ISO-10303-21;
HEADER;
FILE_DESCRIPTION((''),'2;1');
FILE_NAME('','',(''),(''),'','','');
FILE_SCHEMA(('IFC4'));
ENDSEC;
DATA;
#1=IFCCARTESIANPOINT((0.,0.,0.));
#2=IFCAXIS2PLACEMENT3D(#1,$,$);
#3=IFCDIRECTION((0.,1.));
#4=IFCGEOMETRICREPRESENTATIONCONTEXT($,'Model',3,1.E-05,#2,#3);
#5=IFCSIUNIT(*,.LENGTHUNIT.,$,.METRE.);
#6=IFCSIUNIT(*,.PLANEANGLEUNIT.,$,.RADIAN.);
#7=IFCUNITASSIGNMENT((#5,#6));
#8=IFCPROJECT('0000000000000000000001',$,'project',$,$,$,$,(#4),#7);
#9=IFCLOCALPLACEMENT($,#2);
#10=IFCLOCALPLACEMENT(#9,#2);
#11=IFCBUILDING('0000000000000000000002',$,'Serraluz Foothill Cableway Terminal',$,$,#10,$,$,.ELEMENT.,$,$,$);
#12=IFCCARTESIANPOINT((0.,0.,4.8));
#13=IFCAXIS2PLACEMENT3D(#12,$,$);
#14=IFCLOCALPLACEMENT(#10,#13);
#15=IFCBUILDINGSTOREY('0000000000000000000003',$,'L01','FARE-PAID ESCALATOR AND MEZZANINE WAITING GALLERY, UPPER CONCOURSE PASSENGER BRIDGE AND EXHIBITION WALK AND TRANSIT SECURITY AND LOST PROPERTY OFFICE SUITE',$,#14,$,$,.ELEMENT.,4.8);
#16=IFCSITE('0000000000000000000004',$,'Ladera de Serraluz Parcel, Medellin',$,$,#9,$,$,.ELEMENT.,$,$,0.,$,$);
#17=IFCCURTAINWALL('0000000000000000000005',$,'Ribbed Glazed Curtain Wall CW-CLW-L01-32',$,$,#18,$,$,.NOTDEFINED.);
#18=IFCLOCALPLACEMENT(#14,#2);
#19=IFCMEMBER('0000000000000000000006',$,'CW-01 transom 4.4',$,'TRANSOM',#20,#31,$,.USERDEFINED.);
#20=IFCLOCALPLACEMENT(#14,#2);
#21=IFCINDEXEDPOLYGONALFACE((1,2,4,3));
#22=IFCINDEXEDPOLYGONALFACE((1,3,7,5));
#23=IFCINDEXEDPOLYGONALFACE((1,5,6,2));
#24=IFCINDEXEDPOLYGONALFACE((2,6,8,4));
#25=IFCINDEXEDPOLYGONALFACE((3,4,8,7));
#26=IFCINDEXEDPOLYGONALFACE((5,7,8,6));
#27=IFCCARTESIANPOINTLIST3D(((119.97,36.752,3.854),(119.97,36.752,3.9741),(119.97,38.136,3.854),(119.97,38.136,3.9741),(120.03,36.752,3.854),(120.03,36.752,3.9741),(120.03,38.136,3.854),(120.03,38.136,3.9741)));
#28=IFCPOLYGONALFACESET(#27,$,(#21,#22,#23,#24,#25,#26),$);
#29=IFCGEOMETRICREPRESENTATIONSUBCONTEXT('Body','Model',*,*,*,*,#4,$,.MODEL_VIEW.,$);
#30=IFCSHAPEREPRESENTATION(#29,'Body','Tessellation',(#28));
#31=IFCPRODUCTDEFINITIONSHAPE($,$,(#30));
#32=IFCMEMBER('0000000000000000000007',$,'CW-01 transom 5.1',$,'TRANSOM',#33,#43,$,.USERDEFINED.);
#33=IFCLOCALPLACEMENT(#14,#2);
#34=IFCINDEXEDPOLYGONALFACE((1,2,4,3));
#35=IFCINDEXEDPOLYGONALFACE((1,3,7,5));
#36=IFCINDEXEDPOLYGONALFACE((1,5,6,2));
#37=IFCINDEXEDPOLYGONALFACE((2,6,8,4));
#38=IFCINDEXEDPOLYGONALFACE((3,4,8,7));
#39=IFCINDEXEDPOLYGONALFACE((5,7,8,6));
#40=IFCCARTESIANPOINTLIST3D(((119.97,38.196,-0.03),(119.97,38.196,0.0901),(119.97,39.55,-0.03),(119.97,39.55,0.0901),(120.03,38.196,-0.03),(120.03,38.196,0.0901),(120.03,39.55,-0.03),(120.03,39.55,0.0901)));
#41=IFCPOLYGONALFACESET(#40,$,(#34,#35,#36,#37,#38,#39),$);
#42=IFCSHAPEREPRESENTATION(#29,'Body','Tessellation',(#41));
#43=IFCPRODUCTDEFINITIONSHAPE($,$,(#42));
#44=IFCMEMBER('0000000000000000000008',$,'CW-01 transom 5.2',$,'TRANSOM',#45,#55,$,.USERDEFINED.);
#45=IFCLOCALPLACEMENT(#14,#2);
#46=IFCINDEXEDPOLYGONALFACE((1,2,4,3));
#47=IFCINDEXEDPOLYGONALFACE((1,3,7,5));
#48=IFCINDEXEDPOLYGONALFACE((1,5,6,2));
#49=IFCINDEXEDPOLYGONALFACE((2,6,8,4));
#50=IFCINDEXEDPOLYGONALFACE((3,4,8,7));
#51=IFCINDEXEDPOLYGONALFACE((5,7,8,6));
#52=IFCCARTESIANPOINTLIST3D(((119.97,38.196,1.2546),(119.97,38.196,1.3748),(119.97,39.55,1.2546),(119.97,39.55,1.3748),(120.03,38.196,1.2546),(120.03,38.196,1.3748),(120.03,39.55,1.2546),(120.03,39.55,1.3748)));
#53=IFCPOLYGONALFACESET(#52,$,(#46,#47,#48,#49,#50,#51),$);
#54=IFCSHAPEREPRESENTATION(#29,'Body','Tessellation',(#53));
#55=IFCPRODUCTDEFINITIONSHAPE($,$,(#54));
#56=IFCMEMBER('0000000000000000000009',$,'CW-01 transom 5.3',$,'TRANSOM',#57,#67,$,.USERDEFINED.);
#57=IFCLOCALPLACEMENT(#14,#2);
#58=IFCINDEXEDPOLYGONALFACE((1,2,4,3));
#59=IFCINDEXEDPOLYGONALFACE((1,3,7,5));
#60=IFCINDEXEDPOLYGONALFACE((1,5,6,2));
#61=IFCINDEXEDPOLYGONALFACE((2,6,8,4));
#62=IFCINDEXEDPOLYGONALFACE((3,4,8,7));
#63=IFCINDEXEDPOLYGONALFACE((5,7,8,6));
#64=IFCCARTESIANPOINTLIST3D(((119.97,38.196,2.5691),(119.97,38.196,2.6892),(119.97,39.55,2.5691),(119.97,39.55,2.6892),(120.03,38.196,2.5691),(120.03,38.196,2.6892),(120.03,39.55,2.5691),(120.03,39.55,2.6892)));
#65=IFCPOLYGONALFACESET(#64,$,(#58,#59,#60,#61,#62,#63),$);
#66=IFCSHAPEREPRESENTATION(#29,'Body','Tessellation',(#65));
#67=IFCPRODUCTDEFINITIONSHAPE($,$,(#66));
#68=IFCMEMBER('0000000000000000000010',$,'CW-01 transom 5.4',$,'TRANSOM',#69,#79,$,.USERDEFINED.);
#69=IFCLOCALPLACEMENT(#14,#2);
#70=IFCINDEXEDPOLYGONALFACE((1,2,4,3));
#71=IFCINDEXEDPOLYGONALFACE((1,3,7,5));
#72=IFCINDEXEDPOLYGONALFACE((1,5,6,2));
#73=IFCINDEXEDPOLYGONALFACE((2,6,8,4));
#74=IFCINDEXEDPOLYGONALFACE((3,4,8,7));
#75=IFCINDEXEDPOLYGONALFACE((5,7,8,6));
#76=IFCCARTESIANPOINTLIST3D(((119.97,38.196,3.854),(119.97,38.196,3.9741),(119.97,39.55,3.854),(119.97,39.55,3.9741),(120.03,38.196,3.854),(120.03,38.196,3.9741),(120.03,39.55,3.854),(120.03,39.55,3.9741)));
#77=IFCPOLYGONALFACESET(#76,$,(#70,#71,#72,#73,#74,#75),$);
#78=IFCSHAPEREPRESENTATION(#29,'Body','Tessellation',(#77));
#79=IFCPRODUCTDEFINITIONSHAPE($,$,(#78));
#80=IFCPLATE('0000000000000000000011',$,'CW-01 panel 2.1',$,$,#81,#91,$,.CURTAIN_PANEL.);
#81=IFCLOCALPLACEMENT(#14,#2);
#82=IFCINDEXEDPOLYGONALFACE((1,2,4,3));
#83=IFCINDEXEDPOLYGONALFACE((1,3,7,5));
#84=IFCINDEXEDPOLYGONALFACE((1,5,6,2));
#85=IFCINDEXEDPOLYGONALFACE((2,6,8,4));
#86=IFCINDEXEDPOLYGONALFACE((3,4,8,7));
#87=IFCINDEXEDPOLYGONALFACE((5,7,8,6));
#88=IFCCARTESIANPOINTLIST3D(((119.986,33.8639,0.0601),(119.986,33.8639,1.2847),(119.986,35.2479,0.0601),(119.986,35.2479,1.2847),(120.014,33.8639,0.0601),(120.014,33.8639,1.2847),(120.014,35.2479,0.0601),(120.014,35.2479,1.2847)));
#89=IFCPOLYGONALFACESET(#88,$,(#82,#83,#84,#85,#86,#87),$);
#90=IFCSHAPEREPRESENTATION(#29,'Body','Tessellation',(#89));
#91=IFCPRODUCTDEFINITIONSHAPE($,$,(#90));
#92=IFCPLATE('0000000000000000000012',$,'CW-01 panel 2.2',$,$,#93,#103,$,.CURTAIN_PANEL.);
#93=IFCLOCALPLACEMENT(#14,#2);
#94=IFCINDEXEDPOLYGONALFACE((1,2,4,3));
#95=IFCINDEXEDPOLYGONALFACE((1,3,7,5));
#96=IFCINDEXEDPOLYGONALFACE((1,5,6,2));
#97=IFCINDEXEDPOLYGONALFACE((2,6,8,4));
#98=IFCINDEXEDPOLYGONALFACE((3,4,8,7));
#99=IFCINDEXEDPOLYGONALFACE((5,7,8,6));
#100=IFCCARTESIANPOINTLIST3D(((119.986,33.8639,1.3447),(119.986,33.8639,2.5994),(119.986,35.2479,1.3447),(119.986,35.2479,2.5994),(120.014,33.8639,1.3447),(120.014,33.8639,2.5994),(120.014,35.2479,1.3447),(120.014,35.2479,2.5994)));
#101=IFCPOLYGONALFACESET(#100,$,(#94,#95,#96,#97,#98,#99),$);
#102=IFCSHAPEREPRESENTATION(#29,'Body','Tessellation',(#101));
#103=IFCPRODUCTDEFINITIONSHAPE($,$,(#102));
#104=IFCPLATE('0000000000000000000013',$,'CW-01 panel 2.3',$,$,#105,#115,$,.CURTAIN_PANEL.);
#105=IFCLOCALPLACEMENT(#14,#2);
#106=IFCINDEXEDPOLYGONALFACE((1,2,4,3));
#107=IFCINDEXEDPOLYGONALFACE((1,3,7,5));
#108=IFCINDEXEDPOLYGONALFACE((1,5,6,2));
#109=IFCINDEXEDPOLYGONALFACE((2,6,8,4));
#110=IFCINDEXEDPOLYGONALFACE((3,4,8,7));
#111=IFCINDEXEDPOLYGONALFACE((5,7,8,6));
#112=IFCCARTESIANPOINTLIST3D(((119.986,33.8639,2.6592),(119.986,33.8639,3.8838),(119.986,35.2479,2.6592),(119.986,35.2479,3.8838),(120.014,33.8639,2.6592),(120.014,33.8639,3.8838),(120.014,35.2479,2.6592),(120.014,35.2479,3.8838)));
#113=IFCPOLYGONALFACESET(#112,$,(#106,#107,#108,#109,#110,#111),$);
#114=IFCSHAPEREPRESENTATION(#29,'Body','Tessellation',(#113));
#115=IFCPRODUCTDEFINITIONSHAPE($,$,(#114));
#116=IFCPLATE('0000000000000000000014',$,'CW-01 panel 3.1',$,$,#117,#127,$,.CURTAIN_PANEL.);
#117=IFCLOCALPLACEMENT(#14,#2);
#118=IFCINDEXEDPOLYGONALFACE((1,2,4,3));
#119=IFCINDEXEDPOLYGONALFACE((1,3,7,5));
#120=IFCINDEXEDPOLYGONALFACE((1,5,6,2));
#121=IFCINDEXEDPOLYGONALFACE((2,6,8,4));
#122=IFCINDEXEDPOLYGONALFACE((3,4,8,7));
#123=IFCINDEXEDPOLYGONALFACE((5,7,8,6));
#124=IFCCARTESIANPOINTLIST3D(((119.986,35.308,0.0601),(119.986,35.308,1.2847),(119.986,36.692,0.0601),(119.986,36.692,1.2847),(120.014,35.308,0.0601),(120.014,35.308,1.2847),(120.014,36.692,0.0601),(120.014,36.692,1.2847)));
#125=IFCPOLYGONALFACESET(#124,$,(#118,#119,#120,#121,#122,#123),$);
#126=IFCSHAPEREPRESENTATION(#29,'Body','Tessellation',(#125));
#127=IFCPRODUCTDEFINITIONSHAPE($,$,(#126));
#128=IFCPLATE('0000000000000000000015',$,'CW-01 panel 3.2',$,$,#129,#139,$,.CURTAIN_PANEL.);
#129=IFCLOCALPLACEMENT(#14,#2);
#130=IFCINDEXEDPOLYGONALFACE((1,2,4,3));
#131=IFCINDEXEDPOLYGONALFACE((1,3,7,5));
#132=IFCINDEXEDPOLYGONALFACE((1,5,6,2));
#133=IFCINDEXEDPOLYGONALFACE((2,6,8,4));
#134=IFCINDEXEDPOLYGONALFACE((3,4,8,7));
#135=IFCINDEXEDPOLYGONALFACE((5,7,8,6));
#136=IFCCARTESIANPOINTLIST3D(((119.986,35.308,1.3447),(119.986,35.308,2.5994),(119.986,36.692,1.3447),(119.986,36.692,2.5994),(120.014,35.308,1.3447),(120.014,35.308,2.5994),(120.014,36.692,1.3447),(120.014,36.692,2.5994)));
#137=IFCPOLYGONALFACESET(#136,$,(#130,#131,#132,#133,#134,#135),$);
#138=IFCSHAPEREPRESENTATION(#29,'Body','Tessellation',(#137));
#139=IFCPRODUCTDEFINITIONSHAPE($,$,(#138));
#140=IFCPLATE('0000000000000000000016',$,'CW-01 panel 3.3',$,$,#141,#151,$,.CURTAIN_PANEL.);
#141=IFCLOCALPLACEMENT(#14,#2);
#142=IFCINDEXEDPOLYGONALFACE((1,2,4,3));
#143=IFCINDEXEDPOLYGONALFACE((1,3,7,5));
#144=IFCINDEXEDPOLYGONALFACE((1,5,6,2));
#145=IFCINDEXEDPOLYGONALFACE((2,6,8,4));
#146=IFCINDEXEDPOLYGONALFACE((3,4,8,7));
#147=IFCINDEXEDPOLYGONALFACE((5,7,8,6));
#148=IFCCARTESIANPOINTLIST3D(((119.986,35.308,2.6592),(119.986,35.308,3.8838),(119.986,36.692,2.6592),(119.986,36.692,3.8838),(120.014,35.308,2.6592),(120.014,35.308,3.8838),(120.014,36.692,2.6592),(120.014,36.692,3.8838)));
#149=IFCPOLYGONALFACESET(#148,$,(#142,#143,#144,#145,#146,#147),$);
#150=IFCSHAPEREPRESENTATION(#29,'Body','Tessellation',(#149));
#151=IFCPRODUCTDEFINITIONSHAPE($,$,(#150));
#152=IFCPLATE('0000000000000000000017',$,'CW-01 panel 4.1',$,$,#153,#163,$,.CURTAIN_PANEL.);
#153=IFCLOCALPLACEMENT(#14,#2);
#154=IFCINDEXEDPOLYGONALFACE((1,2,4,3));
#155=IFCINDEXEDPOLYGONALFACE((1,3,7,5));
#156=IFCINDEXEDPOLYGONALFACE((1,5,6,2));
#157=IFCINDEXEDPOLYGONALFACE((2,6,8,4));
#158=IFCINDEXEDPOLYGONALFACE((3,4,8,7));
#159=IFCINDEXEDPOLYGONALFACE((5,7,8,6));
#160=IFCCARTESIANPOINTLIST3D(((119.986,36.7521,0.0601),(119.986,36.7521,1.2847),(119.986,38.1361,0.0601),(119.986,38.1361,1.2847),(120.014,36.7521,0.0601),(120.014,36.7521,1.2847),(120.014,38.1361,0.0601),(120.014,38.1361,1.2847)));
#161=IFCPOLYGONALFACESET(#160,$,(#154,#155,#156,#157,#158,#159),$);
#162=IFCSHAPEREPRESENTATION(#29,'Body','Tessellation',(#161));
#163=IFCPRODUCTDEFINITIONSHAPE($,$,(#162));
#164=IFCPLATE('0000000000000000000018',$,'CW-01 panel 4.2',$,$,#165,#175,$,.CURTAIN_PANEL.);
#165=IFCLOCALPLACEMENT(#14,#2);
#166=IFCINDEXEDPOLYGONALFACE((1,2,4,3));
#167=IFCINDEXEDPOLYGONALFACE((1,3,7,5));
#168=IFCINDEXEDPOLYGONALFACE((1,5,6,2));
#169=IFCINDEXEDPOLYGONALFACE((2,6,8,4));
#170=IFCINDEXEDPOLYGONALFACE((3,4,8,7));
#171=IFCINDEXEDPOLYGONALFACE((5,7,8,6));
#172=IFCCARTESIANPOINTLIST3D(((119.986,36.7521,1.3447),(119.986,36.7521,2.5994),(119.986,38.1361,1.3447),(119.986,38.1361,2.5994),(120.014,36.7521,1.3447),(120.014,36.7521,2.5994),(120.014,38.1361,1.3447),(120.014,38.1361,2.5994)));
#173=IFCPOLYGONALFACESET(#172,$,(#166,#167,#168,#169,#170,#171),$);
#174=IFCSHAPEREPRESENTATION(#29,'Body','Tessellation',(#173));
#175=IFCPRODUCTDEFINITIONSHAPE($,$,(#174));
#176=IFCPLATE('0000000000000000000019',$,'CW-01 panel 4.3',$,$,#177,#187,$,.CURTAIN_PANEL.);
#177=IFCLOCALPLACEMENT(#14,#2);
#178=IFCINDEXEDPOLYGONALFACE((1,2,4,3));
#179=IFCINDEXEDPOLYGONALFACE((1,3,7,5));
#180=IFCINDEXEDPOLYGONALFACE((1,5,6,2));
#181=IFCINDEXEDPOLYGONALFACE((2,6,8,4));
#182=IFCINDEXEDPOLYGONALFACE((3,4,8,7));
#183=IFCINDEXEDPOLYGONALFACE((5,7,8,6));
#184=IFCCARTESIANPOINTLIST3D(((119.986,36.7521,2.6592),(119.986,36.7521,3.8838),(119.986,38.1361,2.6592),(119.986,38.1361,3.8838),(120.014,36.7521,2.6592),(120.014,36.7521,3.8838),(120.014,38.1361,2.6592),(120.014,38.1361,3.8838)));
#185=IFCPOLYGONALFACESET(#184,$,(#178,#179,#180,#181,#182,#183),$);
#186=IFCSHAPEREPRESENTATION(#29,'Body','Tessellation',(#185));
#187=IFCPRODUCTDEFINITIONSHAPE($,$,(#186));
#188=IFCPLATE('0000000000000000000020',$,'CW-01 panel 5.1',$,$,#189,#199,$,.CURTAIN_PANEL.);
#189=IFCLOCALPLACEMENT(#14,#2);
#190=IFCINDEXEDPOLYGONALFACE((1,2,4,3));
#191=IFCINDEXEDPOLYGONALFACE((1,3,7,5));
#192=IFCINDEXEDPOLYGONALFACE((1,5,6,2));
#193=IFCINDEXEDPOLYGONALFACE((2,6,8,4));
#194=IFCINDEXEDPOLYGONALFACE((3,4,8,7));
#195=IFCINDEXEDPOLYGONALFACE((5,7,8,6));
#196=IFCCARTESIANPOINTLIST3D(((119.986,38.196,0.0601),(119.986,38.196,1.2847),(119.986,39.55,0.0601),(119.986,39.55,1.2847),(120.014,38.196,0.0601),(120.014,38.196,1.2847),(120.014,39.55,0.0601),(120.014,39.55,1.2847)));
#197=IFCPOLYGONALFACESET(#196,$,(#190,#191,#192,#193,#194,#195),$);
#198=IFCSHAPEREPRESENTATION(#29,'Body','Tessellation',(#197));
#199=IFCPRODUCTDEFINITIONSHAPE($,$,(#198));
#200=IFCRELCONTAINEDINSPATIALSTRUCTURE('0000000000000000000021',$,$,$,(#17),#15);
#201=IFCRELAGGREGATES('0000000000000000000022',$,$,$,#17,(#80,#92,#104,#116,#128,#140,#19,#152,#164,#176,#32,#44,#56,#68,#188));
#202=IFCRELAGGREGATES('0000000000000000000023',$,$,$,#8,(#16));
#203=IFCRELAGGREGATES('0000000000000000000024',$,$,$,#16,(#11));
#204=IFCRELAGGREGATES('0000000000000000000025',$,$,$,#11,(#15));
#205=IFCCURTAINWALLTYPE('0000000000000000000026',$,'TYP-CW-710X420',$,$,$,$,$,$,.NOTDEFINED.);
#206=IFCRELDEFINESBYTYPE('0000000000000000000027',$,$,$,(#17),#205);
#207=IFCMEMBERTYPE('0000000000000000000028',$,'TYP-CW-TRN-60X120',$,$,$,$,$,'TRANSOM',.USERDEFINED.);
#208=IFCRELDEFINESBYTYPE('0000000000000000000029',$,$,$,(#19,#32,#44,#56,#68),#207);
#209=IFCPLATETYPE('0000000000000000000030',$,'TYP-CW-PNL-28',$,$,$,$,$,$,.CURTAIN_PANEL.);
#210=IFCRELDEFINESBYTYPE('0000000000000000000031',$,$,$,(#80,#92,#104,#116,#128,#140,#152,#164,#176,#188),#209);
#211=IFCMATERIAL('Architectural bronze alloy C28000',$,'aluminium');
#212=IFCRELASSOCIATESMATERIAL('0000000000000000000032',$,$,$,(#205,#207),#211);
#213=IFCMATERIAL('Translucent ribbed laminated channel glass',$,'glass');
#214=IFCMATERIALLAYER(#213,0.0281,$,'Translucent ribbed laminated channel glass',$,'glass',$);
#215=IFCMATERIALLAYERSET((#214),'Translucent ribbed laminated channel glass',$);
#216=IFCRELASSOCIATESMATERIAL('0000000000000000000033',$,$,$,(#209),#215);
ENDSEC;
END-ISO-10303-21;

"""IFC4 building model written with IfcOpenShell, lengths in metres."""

from ifc_helpers import new_model, si_unit, direction, frame, origin, origin_2d, place, context, subcontext, project, spatial, rectangle, extrude, material, layer, layer_set, material_profile, profile_set, type_object, element, aggregate, save


model = new_model("IFC4")

# Units and contexts
model_context = context("Model", 3, precision=1e-05, world=origin(), true_north=direction((0.0, 1.0)))
body_context = subcontext(model_context, "Body", "Model", "MODEL_VIEW")
ifc_project = project(units=[si_unit("LENGTHUNIT", "METRE"), si_unit("PLANEANGLEUNIT", "RADIAN")], contexts=[model_context])

# Site, building, storey
site_placement = place(None, origin())
site = spatial("IfcSite", under=ifc_project, at=site_placement, Name="Ladera de Serraluz Parcel, Medellin", CompositionType="ELEMENT", RefElevation=0.0)
building_placement = place(site_placement, origin())
building = spatial("IfcBuilding", under=site, at=building_placement, Name="Serraluz Foothill Cableway Terminal", CompositionType="ELEMENT")
storey_placement = place(building_placement, frame((0.0, 0.0, 4.8)))
storey = spatial("IfcBuildingStorey", under=building, at=storey_placement, Name="L01", Description="FARE-PAID ESCALATOR AND MEZZANINE WAITING GALLERY, UPPER CONCOURSE PASSENGER BRIDGE AND EXHIBITION WALK AND TRANSIT SECURITY AND LOST PROPERTY OFFICE SUITE", CompositionType="ELEMENT", Elevation=4.8)

# Curtain wall, members, plates
ifc_material_1 = material(Name="Architectural bronze alloy C28000", Category="aluminium")
curtain_wall_type = type_object("IfcCurtainWallType", Name="TYP-CW-710X420", PredefinedType="NOTDEFINED", material=ifc_material_1)
curtain_wall_placement = place(storey_placement, origin())
curtain_wall = element("IfcCurtainWall", 1, at=curtain_wall_placement, inside=storey, type_object=curtain_wall_type, Name="Ribbed Glazed Curtain Wall CW-CLW-L01-32", PredefinedType="NOTDEFINED")
ifc_material_profile_1 = material_profile(ifc_material_1, rectangle(XDim=0.0601, YDim=0.1201, at=origin_2d()), Name="ALU TRANSOM 60x120")
ifc_profile_set_1 = profile_set([ifc_material_profile_1], Name="Architectural bronze alloy C28000")
member_type_1 = type_object("IfcMemberType", Name="TYP-CW-TRN-60X120", ElementType="TRANSOM", PredefinedType="USERDEFINED", material=ifc_profile_set_1)
member_1_placement = place(storey_placement, frame((120.0, 36.752, 3.9141), z_axis=(0.0, 1.0, 0.0), x_axis=(-1.0, 0.0, 0.0)))
member_1 = element("IfcMember", 2, at=member_1_placement, type_object=member_type_1, Name="CW-01 transom 4.4", ObjectType="TRANSOM", PredefinedType="USERDEFINED", context=body_context, shape_type="SweptSolid", body=[
    extrude(rectangle(XDim=0.0601, YDim=0.1201, at=origin_2d()), origin(), (0.0, 0.0, 1.0), 1.384),
])
member_2_placement = place(storey_placement, frame((120.0, 38.196, 0.03), z_axis=(0.0, 1.0, 0.0), x_axis=(-1.0, 0.0, 0.0)))
member_2 = element("IfcMember", 3, at=member_2_placement, type_object=member_type_1, Name="CW-01 transom 5.1", ObjectType="TRANSOM", PredefinedType="USERDEFINED", context=body_context, shape_type="SweptSolid", body=[
    extrude(rectangle(XDim=0.0601, YDim=0.1201, at=origin_2d()), origin(), (0.0, 0.0, 1.0), 1.354),
])
member_3_placement = place(storey_placement, frame((120.0, 38.196, 1.3147), z_axis=(0.0, 1.0, 0.0), x_axis=(-1.0, 0.0, 0.0)))
member_3 = element("IfcMember", 4, at=member_3_placement, type_object=member_type_1, Name="CW-01 transom 5.2", ObjectType="TRANSOM", PredefinedType="USERDEFINED", context=body_context, shape_type="SweptSolid", body=[
    extrude(rectangle(XDim=0.0601, YDim=0.1201, at=origin_2d()), origin(), (0.0, 0.0, 1.0), 1.354),
])
member_4_placement = place(storey_placement, frame((120.0, 38.196, 2.6292), z_axis=(0.0, 1.0, 0.0), x_axis=(-1.0, 0.0, 0.0)))
member_4 = element("IfcMember", 5, at=member_4_placement, type_object=member_type_1, Name="CW-01 transom 5.3", ObjectType="TRANSOM", PredefinedType="USERDEFINED", context=body_context, shape_type="SweptSolid", body=[
    extrude(rectangle(XDim=0.0601, YDim=0.1201, at=origin_2d()), origin(), (0.0, 0.0, 1.0), 1.354),
])
member_5_placement = place(storey_placement, frame((120.0, 38.196, 3.9141), z_axis=(0.0, 1.0, 0.0), x_axis=(-1.0, 0.0, 0.0)))
member_5 = element("IfcMember", 6, at=member_5_placement, type_object=member_type_1, Name="CW-01 transom 5.4", ObjectType="TRANSOM", PredefinedType="USERDEFINED", context=body_context, shape_type="SweptSolid", body=[
    extrude(rectangle(XDim=0.0601, YDim=0.1201, at=origin_2d()), origin(), (0.0, 0.0, 1.0), 1.354),
])
ifc_material_2 = material(Name="Translucent ribbed laminated channel glass", Category="glass")
ifc_layer = layer(ifc_material_2, 0.0281, Name="Translucent ribbed laminated channel glass", Category="glass")
ifc_layer_set = layer_set([ifc_layer], Name="Translucent ribbed laminated channel glass")
plate_type = type_object("IfcPlateType", Name="TYP-CW-PNL-28", PredefinedType="CURTAIN_PANEL", material=ifc_layer_set)
plate_1_placement = place(storey_placement, frame((120.0, 34.5559, 0.0601), z_axis=(0.0, 0.0, 1.0), x_axis=(0.0, 1.0, 0.0)))
plate_1 = element("IfcPlate", 7, at=plate_1_placement, type_object=plate_type, Name="CW-01 panel 2.1", PredefinedType="CURTAIN_PANEL", context=body_context, shape_type="SweptSolid", body=[
    extrude(rectangle(XDim=1.384, YDim=0.0281, at=origin_2d()), origin(), (0.0, 0.0, 1.0), 1.2246),
])
plate_2_placement = place(storey_placement, frame((120.0, 34.5559, 1.3447), z_axis=(0.0, 0.0, 1.0), x_axis=(0.0, 1.0, 0.0)))
plate_2 = element("IfcPlate", 8, at=plate_2_placement, type_object=plate_type, Name="CW-01 panel 2.2", PredefinedType="CURTAIN_PANEL", context=body_context, shape_type="SweptSolid", body=[
    extrude(rectangle(XDim=1.384, YDim=0.0281, at=origin_2d()), origin(), (0.0, 0.0, 1.0), 1.2546),
])
plate_3_placement = place(storey_placement, frame((120.0, 34.5559, 2.6592), z_axis=(0.0, 0.0, 1.0), x_axis=(0.0, 1.0, 0.0)))
plate_3 = element("IfcPlate", 9, at=plate_3_placement, type_object=plate_type, Name="CW-01 panel 2.3", PredefinedType="CURTAIN_PANEL", context=body_context, shape_type="SweptSolid", body=[
    extrude(rectangle(XDim=1.384, YDim=0.0281, at=origin_2d()), origin(), (0.0, 0.0, 1.0), 1.2246),
])
plate_4_placement = place(storey_placement, frame((120.0, 36.0, 0.0601), z_axis=(0.0, 0.0, 1.0), x_axis=(0.0, 1.0, 0.0)))
plate_4 = element("IfcPlate", 10, at=plate_4_placement, type_object=plate_type, Name="CW-01 panel 3.1", PredefinedType="CURTAIN_PANEL", context=body_context, shape_type="SweptSolid", body=[
    extrude(rectangle(XDim=1.384, YDim=0.0281, at=origin_2d()), origin(), (0.0, 0.0, 1.0), 1.2246),
])
plate_5_placement = place(storey_placement, frame((120.0, 36.0, 1.3447), z_axis=(0.0, 0.0, 1.0), x_axis=(0.0, 1.0, 0.0)))
plate_5 = element("IfcPlate", 11, at=plate_5_placement, type_object=plate_type, Name="CW-01 panel 3.2", PredefinedType="CURTAIN_PANEL", context=body_context, shape_type="SweptSolid", body=[
    extrude(rectangle(XDim=1.384, YDim=0.0281, at=origin_2d()), origin(), (0.0, 0.0, 1.0), 1.2546),
])
plate_6_placement = place(storey_placement, frame((120.0, 36.0, 2.6592), z_axis=(0.0, 0.0, 1.0), x_axis=(0.0, 1.0, 0.0)))
plate_6 = element("IfcPlate", 12, at=plate_6_placement, type_object=plate_type, Name="CW-01 panel 3.3", PredefinedType="CURTAIN_PANEL", context=body_context, shape_type="SweptSolid", body=[
    extrude(rectangle(XDim=1.384, YDim=0.0281, at=origin_2d()), origin(), (0.0, 0.0, 1.0), 1.2246),
])
plate_7_placement = place(storey_placement, frame((120.0, 37.4441, 0.0601), z_axis=(0.0, 0.0, 1.0), x_axis=(0.0, 1.0, 0.0)))
plate_7 = element("IfcPlate", 13, at=plate_7_placement, type_object=plate_type, Name="CW-01 panel 4.1", PredefinedType="CURTAIN_PANEL", context=body_context, shape_type="SweptSolid", body=[
    extrude(rectangle(XDim=1.384, YDim=0.0281, at=origin_2d()), origin(), (0.0, 0.0, 1.0), 1.2246),
])
plate_8_placement = place(storey_placement, frame((120.0, 37.4441, 1.3447), z_axis=(0.0, 0.0, 1.0), x_axis=(0.0, 1.0, 0.0)))
plate_8 = element("IfcPlate", 14, at=plate_8_placement, type_object=plate_type, Name="CW-01 panel 4.2", PredefinedType="CURTAIN_PANEL", context=body_context, shape_type="SweptSolid", body=[
    extrude(rectangle(XDim=1.384, YDim=0.0281, at=origin_2d()), origin(), (0.0, 0.0, 1.0), 1.2546),
])
plate_9_placement = place(storey_placement, frame((120.0, 37.4441, 2.6592), z_axis=(0.0, 0.0, 1.0), x_axis=(0.0, 1.0, 0.0)))
plate_9 = element("IfcPlate", 15, at=plate_9_placement, type_object=plate_type, Name="CW-01 panel 4.3", PredefinedType="CURTAIN_PANEL", context=body_context, shape_type="SweptSolid", body=[
    extrude(rectangle(XDim=1.384, YDim=0.0281, at=origin_2d()), origin(), (0.0, 0.0, 1.0), 1.2246),
])
plate_10_placement = place(storey_placement, frame((120.0, 38.873, 0.0601), z_axis=(0.0, 0.0, 1.0), x_axis=(0.0, 1.0, 0.0)))
plate_10 = element("IfcPlate", 16, at=plate_10_placement, type_object=plate_type, Name="CW-01 panel 5.1", PredefinedType="CURTAIN_PANEL", context=body_context, shape_type="SweptSolid", body=[
    extrude(rectangle(XDim=1.354, YDim=0.0281, at=origin_2d()), origin(), (0.0, 0.0, 1.0), 1.2246),
])
aggregate(curtain_wall, [plate_1, plate_2, plate_3, plate_4, plate_5, plate_6, member_1, plate_7, plate_8, plate_9, member_2, member_3, member_4, member_5, plate_10])

save(model, "model.ifc")
